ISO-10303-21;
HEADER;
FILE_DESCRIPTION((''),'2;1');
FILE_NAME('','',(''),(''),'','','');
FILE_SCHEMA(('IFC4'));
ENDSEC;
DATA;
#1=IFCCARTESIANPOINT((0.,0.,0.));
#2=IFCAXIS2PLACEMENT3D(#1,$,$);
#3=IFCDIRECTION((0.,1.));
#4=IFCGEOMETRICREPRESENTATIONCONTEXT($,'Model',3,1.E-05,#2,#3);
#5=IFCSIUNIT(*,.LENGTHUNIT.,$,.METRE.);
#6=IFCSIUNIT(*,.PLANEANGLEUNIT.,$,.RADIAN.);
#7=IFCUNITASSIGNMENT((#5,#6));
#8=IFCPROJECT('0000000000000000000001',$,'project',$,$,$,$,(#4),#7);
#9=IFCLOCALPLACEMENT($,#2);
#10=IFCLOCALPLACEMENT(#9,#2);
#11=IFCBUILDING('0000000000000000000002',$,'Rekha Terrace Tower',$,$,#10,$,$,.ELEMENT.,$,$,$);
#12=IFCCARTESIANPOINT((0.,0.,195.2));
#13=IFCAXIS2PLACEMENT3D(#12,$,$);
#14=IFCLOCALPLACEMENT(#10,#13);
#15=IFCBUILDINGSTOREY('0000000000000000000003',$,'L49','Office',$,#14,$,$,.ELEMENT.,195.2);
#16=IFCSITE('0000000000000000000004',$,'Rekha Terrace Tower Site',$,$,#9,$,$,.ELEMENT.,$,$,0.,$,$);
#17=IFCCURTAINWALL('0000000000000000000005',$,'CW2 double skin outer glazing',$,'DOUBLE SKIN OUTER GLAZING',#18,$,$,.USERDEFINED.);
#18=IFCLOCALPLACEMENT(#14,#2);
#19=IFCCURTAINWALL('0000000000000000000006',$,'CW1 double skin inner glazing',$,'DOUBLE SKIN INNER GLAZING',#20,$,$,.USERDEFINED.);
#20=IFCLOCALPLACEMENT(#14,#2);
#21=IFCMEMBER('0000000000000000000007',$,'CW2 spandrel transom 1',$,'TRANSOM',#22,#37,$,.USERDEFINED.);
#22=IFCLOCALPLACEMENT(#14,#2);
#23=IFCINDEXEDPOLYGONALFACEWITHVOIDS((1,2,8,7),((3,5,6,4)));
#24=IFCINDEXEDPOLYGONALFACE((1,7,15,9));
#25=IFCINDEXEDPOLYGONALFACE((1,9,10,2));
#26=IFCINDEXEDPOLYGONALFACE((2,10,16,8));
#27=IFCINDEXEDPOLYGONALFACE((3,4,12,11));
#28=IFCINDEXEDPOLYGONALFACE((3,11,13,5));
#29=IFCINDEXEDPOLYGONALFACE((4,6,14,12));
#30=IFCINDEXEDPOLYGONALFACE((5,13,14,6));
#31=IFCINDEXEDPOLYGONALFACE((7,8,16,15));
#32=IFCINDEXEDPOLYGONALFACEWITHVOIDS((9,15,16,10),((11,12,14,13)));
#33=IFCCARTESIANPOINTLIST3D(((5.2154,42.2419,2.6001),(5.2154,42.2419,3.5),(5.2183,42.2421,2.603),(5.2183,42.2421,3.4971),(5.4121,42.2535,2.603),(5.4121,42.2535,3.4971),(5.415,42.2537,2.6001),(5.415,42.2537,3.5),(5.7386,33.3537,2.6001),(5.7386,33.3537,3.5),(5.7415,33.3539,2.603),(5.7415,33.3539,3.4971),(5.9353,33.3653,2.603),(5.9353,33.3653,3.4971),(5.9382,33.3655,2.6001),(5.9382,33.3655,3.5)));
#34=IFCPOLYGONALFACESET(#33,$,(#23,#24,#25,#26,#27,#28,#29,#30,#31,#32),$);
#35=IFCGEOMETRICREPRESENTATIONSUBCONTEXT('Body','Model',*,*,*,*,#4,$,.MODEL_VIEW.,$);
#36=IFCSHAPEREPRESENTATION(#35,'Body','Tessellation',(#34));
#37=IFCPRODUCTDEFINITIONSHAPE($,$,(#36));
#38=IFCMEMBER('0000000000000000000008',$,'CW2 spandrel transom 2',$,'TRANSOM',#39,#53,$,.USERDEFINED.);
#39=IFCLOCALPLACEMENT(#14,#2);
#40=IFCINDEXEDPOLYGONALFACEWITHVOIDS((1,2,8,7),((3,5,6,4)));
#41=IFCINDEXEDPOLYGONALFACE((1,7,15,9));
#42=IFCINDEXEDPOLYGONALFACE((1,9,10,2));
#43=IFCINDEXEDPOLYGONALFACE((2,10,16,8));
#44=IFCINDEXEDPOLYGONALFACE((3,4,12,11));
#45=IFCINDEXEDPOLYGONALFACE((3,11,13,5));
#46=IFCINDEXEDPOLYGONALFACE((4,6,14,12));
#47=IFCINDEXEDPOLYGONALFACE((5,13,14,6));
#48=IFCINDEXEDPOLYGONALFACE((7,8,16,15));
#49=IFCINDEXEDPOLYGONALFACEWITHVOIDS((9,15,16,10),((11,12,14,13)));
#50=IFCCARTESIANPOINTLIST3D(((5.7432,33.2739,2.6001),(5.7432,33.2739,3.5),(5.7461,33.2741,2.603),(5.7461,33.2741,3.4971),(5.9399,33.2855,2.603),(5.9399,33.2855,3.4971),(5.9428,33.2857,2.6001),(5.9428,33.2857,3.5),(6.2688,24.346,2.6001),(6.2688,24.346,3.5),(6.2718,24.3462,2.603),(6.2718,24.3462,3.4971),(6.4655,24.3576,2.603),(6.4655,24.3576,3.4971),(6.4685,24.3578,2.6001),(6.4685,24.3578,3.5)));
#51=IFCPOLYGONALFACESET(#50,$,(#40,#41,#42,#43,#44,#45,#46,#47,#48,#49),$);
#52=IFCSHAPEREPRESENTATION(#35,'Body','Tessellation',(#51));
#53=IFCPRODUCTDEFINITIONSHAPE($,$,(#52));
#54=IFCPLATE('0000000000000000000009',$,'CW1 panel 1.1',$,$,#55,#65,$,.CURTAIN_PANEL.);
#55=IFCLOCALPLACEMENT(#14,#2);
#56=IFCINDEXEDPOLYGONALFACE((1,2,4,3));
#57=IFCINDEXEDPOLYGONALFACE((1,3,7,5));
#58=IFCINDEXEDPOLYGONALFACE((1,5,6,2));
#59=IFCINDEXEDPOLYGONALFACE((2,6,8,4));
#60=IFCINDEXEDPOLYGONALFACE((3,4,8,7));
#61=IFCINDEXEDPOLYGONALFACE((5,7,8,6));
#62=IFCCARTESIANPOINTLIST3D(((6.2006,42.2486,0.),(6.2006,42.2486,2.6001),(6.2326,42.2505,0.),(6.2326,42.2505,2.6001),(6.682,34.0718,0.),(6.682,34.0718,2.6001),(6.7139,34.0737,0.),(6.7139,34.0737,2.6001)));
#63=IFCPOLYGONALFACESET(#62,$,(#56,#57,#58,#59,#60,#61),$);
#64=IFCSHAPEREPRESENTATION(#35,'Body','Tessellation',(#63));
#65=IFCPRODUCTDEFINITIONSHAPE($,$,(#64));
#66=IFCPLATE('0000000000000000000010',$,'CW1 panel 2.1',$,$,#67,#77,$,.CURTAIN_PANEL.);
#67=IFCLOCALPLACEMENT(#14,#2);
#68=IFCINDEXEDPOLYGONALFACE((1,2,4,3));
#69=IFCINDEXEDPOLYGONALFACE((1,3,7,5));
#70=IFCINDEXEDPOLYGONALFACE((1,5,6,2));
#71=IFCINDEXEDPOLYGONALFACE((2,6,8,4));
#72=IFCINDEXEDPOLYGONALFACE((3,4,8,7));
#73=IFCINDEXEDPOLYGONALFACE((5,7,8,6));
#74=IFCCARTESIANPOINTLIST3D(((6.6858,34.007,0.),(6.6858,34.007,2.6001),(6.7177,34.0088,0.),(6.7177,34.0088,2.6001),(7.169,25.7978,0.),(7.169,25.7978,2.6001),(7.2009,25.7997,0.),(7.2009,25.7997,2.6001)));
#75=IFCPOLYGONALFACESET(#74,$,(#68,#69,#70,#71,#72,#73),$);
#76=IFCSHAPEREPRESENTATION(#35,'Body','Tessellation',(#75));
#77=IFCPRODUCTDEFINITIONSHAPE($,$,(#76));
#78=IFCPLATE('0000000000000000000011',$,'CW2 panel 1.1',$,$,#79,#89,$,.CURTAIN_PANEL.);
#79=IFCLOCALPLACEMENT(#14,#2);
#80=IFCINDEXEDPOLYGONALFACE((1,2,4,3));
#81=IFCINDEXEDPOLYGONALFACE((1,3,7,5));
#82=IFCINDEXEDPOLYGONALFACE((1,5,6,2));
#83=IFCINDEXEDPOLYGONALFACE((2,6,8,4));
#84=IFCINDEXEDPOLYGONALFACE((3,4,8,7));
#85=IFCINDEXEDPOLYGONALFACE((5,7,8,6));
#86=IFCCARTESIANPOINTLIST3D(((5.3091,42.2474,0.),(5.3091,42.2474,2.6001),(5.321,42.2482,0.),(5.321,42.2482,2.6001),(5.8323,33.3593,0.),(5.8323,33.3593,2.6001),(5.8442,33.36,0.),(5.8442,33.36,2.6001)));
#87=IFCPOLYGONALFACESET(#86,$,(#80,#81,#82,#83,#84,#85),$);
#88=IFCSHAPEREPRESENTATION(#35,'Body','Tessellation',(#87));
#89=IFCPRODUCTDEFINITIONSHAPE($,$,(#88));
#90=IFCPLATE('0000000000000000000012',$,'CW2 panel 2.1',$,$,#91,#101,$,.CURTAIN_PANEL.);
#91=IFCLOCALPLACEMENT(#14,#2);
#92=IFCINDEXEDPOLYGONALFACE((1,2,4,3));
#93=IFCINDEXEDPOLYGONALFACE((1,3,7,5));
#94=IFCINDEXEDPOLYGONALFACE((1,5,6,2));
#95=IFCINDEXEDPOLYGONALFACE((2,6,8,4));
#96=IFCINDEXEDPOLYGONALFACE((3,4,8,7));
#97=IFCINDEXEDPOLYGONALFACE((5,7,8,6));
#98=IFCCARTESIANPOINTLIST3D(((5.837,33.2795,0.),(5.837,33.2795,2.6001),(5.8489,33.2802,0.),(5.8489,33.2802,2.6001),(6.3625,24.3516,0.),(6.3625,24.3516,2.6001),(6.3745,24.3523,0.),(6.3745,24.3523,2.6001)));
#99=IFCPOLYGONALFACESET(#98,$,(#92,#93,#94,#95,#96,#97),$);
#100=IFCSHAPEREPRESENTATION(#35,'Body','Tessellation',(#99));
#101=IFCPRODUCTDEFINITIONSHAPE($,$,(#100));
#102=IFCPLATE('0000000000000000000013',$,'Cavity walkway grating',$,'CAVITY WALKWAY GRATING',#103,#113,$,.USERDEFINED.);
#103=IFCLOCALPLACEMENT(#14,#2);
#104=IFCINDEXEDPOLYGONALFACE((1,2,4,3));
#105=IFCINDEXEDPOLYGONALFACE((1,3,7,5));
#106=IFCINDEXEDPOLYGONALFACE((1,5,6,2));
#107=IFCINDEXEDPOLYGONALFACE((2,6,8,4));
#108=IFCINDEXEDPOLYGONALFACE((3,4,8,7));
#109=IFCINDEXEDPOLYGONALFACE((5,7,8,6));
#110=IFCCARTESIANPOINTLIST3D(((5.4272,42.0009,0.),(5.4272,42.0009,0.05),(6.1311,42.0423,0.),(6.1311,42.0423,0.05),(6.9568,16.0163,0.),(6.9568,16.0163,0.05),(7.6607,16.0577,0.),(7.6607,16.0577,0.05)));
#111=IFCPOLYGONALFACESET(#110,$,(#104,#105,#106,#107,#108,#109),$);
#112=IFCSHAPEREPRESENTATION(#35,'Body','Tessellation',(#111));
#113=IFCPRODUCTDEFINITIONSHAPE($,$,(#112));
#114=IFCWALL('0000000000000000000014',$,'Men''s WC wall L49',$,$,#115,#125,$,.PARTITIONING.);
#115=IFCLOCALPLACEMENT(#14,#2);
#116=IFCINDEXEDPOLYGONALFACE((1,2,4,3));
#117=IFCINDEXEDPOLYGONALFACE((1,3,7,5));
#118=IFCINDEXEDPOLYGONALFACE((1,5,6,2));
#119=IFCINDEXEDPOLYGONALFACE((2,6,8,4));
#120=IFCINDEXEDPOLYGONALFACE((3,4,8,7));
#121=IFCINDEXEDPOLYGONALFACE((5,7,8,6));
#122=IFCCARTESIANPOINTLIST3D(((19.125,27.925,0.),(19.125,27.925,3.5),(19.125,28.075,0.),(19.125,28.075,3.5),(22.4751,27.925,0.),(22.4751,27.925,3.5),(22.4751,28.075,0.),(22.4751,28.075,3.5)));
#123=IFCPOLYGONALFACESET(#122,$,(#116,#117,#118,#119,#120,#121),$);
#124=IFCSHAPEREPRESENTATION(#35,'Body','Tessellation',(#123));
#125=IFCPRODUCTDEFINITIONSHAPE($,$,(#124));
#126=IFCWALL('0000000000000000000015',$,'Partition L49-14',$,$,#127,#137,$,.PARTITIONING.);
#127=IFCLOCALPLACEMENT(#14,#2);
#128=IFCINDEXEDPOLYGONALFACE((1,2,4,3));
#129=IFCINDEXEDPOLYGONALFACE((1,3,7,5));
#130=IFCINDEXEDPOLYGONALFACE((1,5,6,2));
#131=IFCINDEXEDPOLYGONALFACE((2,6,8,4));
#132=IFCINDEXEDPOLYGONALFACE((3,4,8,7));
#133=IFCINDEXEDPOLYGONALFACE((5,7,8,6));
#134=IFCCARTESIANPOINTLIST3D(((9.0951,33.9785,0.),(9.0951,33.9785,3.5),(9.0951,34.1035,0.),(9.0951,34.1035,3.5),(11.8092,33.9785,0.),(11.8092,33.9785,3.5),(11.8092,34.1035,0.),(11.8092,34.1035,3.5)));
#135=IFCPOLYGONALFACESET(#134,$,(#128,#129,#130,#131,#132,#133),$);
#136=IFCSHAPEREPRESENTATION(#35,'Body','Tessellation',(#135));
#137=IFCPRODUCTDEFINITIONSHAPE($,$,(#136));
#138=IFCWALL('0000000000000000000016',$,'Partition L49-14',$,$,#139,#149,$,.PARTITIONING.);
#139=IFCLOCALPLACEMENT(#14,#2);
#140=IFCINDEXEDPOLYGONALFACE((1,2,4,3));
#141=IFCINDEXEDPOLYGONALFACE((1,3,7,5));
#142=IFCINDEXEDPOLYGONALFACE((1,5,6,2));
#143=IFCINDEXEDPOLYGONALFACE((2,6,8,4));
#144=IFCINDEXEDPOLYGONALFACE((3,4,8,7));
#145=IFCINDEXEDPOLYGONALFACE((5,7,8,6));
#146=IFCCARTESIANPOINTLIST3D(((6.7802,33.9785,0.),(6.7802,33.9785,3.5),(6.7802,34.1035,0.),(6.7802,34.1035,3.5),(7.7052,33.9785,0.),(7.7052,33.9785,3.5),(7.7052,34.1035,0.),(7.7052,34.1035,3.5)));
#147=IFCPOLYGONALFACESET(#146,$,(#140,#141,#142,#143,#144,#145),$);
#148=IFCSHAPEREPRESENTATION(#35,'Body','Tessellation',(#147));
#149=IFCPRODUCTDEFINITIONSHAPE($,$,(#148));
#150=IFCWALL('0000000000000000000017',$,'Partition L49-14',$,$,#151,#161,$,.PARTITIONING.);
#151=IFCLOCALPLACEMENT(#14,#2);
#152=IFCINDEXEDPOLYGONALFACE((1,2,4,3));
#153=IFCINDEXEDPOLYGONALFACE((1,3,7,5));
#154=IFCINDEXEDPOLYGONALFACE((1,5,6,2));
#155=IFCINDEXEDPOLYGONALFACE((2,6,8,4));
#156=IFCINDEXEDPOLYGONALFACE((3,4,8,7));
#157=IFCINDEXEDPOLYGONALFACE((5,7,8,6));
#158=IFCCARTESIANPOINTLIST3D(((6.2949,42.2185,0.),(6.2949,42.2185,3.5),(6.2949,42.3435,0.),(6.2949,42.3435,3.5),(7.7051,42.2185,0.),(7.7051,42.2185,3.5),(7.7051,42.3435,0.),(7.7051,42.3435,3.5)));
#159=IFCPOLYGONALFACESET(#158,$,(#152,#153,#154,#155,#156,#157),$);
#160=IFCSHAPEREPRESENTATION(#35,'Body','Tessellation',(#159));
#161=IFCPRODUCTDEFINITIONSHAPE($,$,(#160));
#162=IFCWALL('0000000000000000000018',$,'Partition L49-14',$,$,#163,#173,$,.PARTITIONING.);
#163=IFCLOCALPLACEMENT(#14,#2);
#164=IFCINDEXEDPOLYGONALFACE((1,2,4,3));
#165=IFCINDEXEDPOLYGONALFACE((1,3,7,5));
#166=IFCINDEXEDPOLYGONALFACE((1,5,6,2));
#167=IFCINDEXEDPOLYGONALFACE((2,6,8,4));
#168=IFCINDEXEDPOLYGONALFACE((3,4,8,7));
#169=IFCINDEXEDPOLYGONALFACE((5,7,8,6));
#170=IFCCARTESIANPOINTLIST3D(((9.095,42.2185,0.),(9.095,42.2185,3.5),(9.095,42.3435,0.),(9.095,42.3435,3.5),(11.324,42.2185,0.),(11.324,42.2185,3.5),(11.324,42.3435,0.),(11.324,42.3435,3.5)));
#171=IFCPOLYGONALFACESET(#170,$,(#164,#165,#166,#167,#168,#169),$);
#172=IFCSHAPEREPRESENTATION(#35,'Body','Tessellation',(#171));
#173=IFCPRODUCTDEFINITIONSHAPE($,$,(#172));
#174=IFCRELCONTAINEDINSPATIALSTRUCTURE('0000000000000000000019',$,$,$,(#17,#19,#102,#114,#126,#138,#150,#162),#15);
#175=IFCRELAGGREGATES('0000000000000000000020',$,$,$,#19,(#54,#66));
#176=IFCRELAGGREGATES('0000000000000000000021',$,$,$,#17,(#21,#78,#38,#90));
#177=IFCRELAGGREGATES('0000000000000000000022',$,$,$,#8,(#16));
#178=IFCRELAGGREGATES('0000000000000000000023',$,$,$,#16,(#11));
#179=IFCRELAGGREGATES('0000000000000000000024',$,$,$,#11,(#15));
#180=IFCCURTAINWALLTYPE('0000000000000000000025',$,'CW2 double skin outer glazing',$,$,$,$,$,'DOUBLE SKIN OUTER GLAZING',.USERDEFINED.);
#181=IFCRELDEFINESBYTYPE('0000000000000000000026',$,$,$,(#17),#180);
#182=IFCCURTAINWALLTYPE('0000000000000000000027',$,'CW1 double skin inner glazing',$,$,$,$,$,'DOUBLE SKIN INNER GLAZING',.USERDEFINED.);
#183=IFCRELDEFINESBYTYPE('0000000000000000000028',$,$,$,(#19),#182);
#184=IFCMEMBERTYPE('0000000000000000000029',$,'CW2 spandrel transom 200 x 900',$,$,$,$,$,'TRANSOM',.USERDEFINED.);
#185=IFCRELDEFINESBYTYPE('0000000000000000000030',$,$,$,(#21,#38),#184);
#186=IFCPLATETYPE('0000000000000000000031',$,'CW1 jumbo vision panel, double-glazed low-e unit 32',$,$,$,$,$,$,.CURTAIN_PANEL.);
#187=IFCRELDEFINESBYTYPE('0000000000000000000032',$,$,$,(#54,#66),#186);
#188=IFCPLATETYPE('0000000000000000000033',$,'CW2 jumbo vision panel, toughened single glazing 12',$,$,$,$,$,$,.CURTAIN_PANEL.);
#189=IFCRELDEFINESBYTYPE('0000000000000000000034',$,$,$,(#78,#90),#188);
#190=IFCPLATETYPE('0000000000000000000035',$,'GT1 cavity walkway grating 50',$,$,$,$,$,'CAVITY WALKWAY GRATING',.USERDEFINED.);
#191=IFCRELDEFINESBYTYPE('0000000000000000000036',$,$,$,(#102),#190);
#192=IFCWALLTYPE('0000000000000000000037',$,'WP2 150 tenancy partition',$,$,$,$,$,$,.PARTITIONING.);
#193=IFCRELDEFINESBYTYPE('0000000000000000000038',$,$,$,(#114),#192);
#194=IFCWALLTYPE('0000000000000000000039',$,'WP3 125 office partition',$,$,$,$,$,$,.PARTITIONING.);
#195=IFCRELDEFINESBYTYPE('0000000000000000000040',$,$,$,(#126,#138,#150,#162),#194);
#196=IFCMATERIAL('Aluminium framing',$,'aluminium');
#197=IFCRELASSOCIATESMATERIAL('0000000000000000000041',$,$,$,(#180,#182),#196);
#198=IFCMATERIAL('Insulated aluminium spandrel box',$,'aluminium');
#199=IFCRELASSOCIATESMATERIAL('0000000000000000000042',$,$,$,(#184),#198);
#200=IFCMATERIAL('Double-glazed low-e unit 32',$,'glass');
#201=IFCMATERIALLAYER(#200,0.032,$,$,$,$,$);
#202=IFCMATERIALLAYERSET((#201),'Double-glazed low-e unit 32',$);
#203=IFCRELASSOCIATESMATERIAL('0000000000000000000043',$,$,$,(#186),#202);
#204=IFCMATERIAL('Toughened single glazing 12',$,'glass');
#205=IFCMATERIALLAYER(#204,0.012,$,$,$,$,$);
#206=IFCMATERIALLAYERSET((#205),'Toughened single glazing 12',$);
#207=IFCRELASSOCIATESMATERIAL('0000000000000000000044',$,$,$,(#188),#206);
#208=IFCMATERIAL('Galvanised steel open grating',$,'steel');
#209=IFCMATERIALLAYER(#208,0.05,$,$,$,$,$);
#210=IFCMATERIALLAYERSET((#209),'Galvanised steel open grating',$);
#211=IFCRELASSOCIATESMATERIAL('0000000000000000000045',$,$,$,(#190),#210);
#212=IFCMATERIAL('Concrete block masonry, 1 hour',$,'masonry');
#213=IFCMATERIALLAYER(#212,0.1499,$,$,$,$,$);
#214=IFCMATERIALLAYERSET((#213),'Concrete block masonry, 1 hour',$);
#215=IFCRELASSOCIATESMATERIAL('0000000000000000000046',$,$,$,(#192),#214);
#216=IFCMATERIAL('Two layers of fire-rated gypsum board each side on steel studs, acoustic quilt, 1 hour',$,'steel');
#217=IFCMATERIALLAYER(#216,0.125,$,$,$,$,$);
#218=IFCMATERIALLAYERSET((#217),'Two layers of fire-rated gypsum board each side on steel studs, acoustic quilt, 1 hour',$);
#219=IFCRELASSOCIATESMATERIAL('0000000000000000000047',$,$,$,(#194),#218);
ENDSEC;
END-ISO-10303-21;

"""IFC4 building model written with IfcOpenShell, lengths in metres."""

from ifc_helpers import new_model, si_unit, direction, frame, frame_2d, origin, origin_2d, place, context, subcontext, project, spatial, rectangle, hollow_rectangle, extrude, material, layer, layer_set, material_profile, profile_set, type_object, element, aggregate, save


model = new_model("IFC4")

# Units and contexts
model_context = context("Model", 3, precision=1e-05, world=origin(), true_north=direction((0.0, 1.0)))
body_context = subcontext(model_context, "Body", "Model", "MODEL_VIEW")
ifc_project = project(units=[si_unit("LENGTHUNIT", "METRE"), si_unit("PLANEANGLEUNIT", "RADIAN")], contexts=[model_context])

# Site, building, storey
site_placement = place(None, origin())
site = spatial("IfcSite", under=ifc_project, at=site_placement, Name="Rekha Terrace Tower Site", CompositionType="ELEMENT", RefElevation=0.0)
building_placement = place(site_placement, origin())
building = spatial("IfcBuilding", under=site, at=building_placement, Name="Rekha Terrace Tower", CompositionType="ELEMENT")
storey_placement = place(building_placement, frame((0.0, 0.0, 195.2)))
storey = spatial("IfcBuildingStorey", under=building, at=storey_placement, Name="L49", Description="Office", CompositionType="ELEMENT", Elevation=195.2)

# Curtain wall
ifc_material_1 = material(Name="Aluminium framing", Category="aluminium")
curtain_wall_type_1 = type_object("IfcCurtainWallType", Name="CW2 double skin outer glazing", ElementType="DOUBLE SKIN OUTER GLAZING", PredefinedType="USERDEFINED", material=ifc_material_1)
curtain_wall_1_placement = place(storey_placement, origin())
curtain_wall_1 = element("IfcCurtainWall", 1, at=curtain_wall_1_placement, inside=storey, type_object=curtain_wall_type_1, Name="CW2 double skin outer glazing", ObjectType="DOUBLE SKIN OUTER GLAZING", PredefinedType="USERDEFINED")

# Curtain wall
curtain_wall_type_2 = type_object("IfcCurtainWallType", Name="CW1 double skin inner glazing", ElementType="DOUBLE SKIN INNER GLAZING", PredefinedType="USERDEFINED", material=ifc_material_1)
curtain_wall_2_placement = place(storey_placement, origin())
curtain_wall_2 = element("IfcCurtainWall", 2, at=curtain_wall_2_placement, inside=storey, type_object=curtain_wall_type_2, Name="CW1 double skin inner glazing", ObjectType="DOUBLE SKIN INNER GLAZING", PredefinedType="USERDEFINED")
ifc_material_2 = material(Name="Insulated aluminium spandrel box", Category="aluminium")

# Members
ifc_material_profile_1 = material_profile(ifc_material_2, hollow_rectangle(XDim=0.2, YDim=0.8999, WallThickness=0.0029, at=origin_2d()), Name="AL SPANDREL BOX 200x900")
ifc_profile_set_1 = profile_set([ifc_material_profile_1], Name="Insulated aluminium spandrel box")
member_type_1 = type_object("IfcMemberType", Name="CW2 spandrel transom 200 x 900", ElementType="TRANSOM", PredefinedType="USERDEFINED", material=ifc_profile_set_1)
member_1_placement = place(storey_placement, frame((5.3152, 42.2478, 3.05), z_axis=(0.058762, -0.998272, 0.0), x_axis=(0.998272, 0.058762, 0.0)))
member_1 = element("IfcMember", 3, at=member_1_placement, type_object=member_type_1, Name="CW2 spandrel transom 1", ObjectType="TRANSOM", PredefinedType="USERDEFINED", context=body_context, shape_type="SweptSolid", body=[
    extrude(hollow_rectangle(XDim=0.2, YDim=0.8999, WallThickness=0.0029, at=origin_2d()), origin(), (0.0, 0.0, 1.0), 8.9036),
])
member_2_placement = place(storey_placement, frame((5.843, 33.2798, 3.05), z_axis=(0.058773, -0.998271, 0.0), x_axis=(0.998271, 0.058773, 0.0)))
member_2 = element("IfcMember", 4, at=member_2_placement, type_object=member_type_1, Name="CW2 spandrel transom 2", ObjectType="TRANSOM", PredefinedType="USERDEFINED", context=body_context, shape_type="SweptSolid", body=[
    extrude(hollow_rectangle(XDim=0.2, YDim=0.8999, WallThickness=0.0029, at=origin_2d()), origin(), (0.0, 0.0, 1.0), 8.9434),
])

# Plates
ifc_material_3 = material(Name="Double-glazed low-e unit 32", Category="glass")
ifc_layer_1 = layer(ifc_material_3, 0.032)
ifc_layer_set_1 = layer_set([ifc_layer_1], Name="Double-glazed low-e unit 32")
plate_type_1 = type_object("IfcPlateType", Name="CW1 jumbo vision panel, double-glazed low-e unit 32", PredefinedType="CURTAIN_PANEL", material=ifc_layer_set_1)
plate_1_placement = place(storey_placement, frame((6.4573, 38.1611, 0.0), z_axis=(0.0, 0.0, 1.0), x_axis=(0.058765, -0.998272, 0.0)))
plate_1 = element("IfcPlate", 5, at=plate_1_placement, type_object=plate_type_1, Name="CW1 panel 1.1", PredefinedType="CURTAIN_PANEL", context=body_context, shape_type="SweptSolid", body=[
    extrude(rectangle(XDim=8.1909, YDim=0.032, at=origin_2d()), origin(), (0.0, 0.0, 1.0), 2.6001),
])
plate_2_placement = place(storey_placement, frame((6.9434, 29.9033, 0.0), z_axis=(0.0, 0.0, 1.0), x_axis=(0.058765, -0.998272, 0.0)))
plate_2 = element("IfcPlate", 6, at=plate_2_placement, type_object=plate_type_1, Name="CW1 panel 2.1", PredefinedType="CURTAIN_PANEL", context=body_context, shape_type="SweptSolid", body=[
    extrude(rectangle(XDim=8.2234, YDim=0.032, at=origin_2d()), origin(), (0.0, 0.0, 1.0), 2.6001),
])
aggregate(curtain_wall_2, [plate_1, plate_2])
ifc_material_4 = material(Name="Toughened single glazing 12", Category="glass")
ifc_layer_2 = layer(ifc_material_4, 0.012)
ifc_layer_set_2 = layer_set([ifc_layer_2], Name="Toughened single glazing 12")
plate_type_2 = type_object("IfcPlateType", Name="CW2 jumbo vision panel, toughened single glazing 12", PredefinedType="CURTAIN_PANEL", material=ifc_layer_set_2)
plate_3_placement = place(storey_placement, frame((5.5767, 37.8037, 0.0), z_axis=(0.0, 0.0, 1.0), x_axis=(0.058765, -0.998272, 0.0)))
plate_3 = element("IfcPlate", 7, at=plate_3_placement, type_object=plate_type_2, Name="CW2 panel 1.1", PredefinedType="CURTAIN_PANEL", context=body_context, shape_type="SweptSolid", body=[
    extrude(rectangle(XDim=8.9036, YDim=0.012, at=origin_2d()), origin(), (0.0, 0.0, 1.0), 2.6001),
])
plate_4_placement = place(storey_placement, frame((6.1057, 28.8159, 0.0), z_axis=(0.0, 0.0, 1.0), x_axis=(0.058765, -0.998272, 0.0)))
plate_4 = element("IfcPlate", 8, at=plate_4_placement, type_object=plate_type_2, Name="CW2 panel 2.1", PredefinedType="CURTAIN_PANEL", context=body_context, shape_type="SweptSolid", body=[
    extrude(rectangle(XDim=8.9434, YDim=0.012, at=origin_2d()), origin(), (0.0, 0.0, 1.0), 2.6001),
])
aggregate(curtain_wall_1, [member_1, plate_3, member_2, plate_4])
ifc_material_5 = material(Name="Galvanised steel open grating", Category="steel")
ifc_layer_3 = layer(ifc_material_5, 0.05)
ifc_layer_set_3 = layer_set([ifc_layer_3], Name="Galvanised steel open grating")
plate_type_3 = type_object("IfcPlateType", Name="GT1 cavity walkway grating 50", ElementType="CAVITY WALKWAY GRATING", PredefinedType="USERDEFINED", material=ifc_layer_set_3)
plate_5_placement = place(storey_placement, frame((6.5439, 29.0293, 0.0), z_axis=(0.0, 0.0, 1.0), x_axis=(0.058765, -0.998272, 0.0)))
element("IfcPlate", 9, at=plate_5_placement, inside=storey, type_object=plate_type_3, Name="Cavity walkway grating", ObjectType="CAVITY WALKWAY GRATING", PredefinedType="USERDEFINED", context=body_context, shape_type="SweptSolid", body=[
    extrude(rectangle(XDim=26.0295, YDim=0.7051, at=origin_2d()), origin(), (0.0, 0.0, 1.0), 0.05),
])

# Walls
ifc_material_6 = material(Name="Concrete block masonry, 1 hour", Category="masonry")
ifc_layer_4 = layer(ifc_material_6, 0.1499)
ifc_layer_set_4 = layer_set([ifc_layer_4], Name="Concrete block masonry, 1 hour")
wall_type_1 = type_object("IfcWallType", Name="WP2 150 tenancy partition", PredefinedType="PARTITIONING", material=ifc_layer_set_4)
wall_1_placement = place(storey_placement, frame((19.125, 28.0, 0.0), z_axis=(0.0, 0.0, 1.0), x_axis=(1.0, 0.0, 0.0)))
element("IfcWall", 10, at=wall_1_placement, inside=storey, type_object=wall_type_1, Name="Men's WC wall L49", PredefinedType="PARTITIONING", context=body_context, shape_type="SweptSolid", body=[
    extrude(rectangle(XDim=3.3501, YDim=0.1499, at=frame_2d((1.675, 0.0))), origin(), (0.0, 0.0, 1.0), 3.5),
])
ifc_material_7 = material(Name="Two layers of fire-rated gypsum board each side on steel studs, acoustic quilt, 1 hour", Category="steel")
ifc_layer_5 = layer(ifc_material_7, 0.125)
ifc_layer_set_5 = layer_set([ifc_layer_5], Name="Two layers of fire-rated gypsum board each side on steel studs, acoustic quilt, 1 hour")
wall_type_2 = type_object("IfcWallType", Name="WP3 125 office partition", PredefinedType="PARTITIONING", material=ifc_layer_set_5)
wall_2_placement = place(storey_placement, frame((11.8091, 34.041, 0.0), z_axis=(0.0, 0.0, 1.0), x_axis=(-1.0, 0.0, 0.0)))
element("IfcWall", 11, at=wall_2_placement, inside=storey, type_object=wall_type_2, Name="Partition L49-14", PredefinedType="PARTITIONING", context=body_context, shape_type="SweptSolid", body=[
    extrude(rectangle(XDim=2.7141, YDim=0.125, at=frame_2d((1.3569, 0.0))), origin(), (0.0, 0.0, 1.0), 3.5),
])
wall_3_placement = place(storey_placement, frame((7.7051, 34.041, 0.0), z_axis=(0.0, 0.0, 1.0), x_axis=(-1.0, 0.0, 0.0)))
element("IfcWall", 12, at=wall_3_placement, inside=storey, type_object=wall_type_2, Name="Partition L49-14", PredefinedType="PARTITIONING", context=body_context, shape_type="SweptSolid", body=[
    extrude(rectangle(XDim=0.925, YDim=0.125, at=frame_2d((0.4624, 0.0))), origin(), (0.0, 0.0, 1.0), 3.5),
])
wall_4_placement = place(storey_placement, frame((6.2949, 42.281, 0.0), z_axis=(0.0, 0.0, 1.0), x_axis=(1.0, 0.0, 0.0)))
element("IfcWall", 13, at=wall_4_placement, inside=storey, type_object=wall_type_2, Name="Partition L49-14", PredefinedType="PARTITIONING", context=body_context, shape_type="SweptSolid", body=[
    extrude(rectangle(XDim=1.4102, YDim=0.125, at=frame_2d((0.7051, 0.0))), origin(), (0.0, 0.0, 1.0), 3.5),
])
wall_5_placement = place(storey_placement, frame((9.095, 42.281, 0.0), z_axis=(0.0, 0.0, 1.0), x_axis=(1.0, 0.0, 0.0)))
element("IfcWall", 14, at=wall_5_placement, inside=storey, type_object=wall_type_2, Name="Partition L49-14", PredefinedType="PARTITIONING", context=body_context, shape_type="SweptSolid", body=[
    extrude(rectangle(XDim=2.229, YDim=0.125, at=frame_2d((1.1145, 0.0))), origin(), (0.0, 0.0, 1.0), 3.5),
])

save(model, "model.ifc")
